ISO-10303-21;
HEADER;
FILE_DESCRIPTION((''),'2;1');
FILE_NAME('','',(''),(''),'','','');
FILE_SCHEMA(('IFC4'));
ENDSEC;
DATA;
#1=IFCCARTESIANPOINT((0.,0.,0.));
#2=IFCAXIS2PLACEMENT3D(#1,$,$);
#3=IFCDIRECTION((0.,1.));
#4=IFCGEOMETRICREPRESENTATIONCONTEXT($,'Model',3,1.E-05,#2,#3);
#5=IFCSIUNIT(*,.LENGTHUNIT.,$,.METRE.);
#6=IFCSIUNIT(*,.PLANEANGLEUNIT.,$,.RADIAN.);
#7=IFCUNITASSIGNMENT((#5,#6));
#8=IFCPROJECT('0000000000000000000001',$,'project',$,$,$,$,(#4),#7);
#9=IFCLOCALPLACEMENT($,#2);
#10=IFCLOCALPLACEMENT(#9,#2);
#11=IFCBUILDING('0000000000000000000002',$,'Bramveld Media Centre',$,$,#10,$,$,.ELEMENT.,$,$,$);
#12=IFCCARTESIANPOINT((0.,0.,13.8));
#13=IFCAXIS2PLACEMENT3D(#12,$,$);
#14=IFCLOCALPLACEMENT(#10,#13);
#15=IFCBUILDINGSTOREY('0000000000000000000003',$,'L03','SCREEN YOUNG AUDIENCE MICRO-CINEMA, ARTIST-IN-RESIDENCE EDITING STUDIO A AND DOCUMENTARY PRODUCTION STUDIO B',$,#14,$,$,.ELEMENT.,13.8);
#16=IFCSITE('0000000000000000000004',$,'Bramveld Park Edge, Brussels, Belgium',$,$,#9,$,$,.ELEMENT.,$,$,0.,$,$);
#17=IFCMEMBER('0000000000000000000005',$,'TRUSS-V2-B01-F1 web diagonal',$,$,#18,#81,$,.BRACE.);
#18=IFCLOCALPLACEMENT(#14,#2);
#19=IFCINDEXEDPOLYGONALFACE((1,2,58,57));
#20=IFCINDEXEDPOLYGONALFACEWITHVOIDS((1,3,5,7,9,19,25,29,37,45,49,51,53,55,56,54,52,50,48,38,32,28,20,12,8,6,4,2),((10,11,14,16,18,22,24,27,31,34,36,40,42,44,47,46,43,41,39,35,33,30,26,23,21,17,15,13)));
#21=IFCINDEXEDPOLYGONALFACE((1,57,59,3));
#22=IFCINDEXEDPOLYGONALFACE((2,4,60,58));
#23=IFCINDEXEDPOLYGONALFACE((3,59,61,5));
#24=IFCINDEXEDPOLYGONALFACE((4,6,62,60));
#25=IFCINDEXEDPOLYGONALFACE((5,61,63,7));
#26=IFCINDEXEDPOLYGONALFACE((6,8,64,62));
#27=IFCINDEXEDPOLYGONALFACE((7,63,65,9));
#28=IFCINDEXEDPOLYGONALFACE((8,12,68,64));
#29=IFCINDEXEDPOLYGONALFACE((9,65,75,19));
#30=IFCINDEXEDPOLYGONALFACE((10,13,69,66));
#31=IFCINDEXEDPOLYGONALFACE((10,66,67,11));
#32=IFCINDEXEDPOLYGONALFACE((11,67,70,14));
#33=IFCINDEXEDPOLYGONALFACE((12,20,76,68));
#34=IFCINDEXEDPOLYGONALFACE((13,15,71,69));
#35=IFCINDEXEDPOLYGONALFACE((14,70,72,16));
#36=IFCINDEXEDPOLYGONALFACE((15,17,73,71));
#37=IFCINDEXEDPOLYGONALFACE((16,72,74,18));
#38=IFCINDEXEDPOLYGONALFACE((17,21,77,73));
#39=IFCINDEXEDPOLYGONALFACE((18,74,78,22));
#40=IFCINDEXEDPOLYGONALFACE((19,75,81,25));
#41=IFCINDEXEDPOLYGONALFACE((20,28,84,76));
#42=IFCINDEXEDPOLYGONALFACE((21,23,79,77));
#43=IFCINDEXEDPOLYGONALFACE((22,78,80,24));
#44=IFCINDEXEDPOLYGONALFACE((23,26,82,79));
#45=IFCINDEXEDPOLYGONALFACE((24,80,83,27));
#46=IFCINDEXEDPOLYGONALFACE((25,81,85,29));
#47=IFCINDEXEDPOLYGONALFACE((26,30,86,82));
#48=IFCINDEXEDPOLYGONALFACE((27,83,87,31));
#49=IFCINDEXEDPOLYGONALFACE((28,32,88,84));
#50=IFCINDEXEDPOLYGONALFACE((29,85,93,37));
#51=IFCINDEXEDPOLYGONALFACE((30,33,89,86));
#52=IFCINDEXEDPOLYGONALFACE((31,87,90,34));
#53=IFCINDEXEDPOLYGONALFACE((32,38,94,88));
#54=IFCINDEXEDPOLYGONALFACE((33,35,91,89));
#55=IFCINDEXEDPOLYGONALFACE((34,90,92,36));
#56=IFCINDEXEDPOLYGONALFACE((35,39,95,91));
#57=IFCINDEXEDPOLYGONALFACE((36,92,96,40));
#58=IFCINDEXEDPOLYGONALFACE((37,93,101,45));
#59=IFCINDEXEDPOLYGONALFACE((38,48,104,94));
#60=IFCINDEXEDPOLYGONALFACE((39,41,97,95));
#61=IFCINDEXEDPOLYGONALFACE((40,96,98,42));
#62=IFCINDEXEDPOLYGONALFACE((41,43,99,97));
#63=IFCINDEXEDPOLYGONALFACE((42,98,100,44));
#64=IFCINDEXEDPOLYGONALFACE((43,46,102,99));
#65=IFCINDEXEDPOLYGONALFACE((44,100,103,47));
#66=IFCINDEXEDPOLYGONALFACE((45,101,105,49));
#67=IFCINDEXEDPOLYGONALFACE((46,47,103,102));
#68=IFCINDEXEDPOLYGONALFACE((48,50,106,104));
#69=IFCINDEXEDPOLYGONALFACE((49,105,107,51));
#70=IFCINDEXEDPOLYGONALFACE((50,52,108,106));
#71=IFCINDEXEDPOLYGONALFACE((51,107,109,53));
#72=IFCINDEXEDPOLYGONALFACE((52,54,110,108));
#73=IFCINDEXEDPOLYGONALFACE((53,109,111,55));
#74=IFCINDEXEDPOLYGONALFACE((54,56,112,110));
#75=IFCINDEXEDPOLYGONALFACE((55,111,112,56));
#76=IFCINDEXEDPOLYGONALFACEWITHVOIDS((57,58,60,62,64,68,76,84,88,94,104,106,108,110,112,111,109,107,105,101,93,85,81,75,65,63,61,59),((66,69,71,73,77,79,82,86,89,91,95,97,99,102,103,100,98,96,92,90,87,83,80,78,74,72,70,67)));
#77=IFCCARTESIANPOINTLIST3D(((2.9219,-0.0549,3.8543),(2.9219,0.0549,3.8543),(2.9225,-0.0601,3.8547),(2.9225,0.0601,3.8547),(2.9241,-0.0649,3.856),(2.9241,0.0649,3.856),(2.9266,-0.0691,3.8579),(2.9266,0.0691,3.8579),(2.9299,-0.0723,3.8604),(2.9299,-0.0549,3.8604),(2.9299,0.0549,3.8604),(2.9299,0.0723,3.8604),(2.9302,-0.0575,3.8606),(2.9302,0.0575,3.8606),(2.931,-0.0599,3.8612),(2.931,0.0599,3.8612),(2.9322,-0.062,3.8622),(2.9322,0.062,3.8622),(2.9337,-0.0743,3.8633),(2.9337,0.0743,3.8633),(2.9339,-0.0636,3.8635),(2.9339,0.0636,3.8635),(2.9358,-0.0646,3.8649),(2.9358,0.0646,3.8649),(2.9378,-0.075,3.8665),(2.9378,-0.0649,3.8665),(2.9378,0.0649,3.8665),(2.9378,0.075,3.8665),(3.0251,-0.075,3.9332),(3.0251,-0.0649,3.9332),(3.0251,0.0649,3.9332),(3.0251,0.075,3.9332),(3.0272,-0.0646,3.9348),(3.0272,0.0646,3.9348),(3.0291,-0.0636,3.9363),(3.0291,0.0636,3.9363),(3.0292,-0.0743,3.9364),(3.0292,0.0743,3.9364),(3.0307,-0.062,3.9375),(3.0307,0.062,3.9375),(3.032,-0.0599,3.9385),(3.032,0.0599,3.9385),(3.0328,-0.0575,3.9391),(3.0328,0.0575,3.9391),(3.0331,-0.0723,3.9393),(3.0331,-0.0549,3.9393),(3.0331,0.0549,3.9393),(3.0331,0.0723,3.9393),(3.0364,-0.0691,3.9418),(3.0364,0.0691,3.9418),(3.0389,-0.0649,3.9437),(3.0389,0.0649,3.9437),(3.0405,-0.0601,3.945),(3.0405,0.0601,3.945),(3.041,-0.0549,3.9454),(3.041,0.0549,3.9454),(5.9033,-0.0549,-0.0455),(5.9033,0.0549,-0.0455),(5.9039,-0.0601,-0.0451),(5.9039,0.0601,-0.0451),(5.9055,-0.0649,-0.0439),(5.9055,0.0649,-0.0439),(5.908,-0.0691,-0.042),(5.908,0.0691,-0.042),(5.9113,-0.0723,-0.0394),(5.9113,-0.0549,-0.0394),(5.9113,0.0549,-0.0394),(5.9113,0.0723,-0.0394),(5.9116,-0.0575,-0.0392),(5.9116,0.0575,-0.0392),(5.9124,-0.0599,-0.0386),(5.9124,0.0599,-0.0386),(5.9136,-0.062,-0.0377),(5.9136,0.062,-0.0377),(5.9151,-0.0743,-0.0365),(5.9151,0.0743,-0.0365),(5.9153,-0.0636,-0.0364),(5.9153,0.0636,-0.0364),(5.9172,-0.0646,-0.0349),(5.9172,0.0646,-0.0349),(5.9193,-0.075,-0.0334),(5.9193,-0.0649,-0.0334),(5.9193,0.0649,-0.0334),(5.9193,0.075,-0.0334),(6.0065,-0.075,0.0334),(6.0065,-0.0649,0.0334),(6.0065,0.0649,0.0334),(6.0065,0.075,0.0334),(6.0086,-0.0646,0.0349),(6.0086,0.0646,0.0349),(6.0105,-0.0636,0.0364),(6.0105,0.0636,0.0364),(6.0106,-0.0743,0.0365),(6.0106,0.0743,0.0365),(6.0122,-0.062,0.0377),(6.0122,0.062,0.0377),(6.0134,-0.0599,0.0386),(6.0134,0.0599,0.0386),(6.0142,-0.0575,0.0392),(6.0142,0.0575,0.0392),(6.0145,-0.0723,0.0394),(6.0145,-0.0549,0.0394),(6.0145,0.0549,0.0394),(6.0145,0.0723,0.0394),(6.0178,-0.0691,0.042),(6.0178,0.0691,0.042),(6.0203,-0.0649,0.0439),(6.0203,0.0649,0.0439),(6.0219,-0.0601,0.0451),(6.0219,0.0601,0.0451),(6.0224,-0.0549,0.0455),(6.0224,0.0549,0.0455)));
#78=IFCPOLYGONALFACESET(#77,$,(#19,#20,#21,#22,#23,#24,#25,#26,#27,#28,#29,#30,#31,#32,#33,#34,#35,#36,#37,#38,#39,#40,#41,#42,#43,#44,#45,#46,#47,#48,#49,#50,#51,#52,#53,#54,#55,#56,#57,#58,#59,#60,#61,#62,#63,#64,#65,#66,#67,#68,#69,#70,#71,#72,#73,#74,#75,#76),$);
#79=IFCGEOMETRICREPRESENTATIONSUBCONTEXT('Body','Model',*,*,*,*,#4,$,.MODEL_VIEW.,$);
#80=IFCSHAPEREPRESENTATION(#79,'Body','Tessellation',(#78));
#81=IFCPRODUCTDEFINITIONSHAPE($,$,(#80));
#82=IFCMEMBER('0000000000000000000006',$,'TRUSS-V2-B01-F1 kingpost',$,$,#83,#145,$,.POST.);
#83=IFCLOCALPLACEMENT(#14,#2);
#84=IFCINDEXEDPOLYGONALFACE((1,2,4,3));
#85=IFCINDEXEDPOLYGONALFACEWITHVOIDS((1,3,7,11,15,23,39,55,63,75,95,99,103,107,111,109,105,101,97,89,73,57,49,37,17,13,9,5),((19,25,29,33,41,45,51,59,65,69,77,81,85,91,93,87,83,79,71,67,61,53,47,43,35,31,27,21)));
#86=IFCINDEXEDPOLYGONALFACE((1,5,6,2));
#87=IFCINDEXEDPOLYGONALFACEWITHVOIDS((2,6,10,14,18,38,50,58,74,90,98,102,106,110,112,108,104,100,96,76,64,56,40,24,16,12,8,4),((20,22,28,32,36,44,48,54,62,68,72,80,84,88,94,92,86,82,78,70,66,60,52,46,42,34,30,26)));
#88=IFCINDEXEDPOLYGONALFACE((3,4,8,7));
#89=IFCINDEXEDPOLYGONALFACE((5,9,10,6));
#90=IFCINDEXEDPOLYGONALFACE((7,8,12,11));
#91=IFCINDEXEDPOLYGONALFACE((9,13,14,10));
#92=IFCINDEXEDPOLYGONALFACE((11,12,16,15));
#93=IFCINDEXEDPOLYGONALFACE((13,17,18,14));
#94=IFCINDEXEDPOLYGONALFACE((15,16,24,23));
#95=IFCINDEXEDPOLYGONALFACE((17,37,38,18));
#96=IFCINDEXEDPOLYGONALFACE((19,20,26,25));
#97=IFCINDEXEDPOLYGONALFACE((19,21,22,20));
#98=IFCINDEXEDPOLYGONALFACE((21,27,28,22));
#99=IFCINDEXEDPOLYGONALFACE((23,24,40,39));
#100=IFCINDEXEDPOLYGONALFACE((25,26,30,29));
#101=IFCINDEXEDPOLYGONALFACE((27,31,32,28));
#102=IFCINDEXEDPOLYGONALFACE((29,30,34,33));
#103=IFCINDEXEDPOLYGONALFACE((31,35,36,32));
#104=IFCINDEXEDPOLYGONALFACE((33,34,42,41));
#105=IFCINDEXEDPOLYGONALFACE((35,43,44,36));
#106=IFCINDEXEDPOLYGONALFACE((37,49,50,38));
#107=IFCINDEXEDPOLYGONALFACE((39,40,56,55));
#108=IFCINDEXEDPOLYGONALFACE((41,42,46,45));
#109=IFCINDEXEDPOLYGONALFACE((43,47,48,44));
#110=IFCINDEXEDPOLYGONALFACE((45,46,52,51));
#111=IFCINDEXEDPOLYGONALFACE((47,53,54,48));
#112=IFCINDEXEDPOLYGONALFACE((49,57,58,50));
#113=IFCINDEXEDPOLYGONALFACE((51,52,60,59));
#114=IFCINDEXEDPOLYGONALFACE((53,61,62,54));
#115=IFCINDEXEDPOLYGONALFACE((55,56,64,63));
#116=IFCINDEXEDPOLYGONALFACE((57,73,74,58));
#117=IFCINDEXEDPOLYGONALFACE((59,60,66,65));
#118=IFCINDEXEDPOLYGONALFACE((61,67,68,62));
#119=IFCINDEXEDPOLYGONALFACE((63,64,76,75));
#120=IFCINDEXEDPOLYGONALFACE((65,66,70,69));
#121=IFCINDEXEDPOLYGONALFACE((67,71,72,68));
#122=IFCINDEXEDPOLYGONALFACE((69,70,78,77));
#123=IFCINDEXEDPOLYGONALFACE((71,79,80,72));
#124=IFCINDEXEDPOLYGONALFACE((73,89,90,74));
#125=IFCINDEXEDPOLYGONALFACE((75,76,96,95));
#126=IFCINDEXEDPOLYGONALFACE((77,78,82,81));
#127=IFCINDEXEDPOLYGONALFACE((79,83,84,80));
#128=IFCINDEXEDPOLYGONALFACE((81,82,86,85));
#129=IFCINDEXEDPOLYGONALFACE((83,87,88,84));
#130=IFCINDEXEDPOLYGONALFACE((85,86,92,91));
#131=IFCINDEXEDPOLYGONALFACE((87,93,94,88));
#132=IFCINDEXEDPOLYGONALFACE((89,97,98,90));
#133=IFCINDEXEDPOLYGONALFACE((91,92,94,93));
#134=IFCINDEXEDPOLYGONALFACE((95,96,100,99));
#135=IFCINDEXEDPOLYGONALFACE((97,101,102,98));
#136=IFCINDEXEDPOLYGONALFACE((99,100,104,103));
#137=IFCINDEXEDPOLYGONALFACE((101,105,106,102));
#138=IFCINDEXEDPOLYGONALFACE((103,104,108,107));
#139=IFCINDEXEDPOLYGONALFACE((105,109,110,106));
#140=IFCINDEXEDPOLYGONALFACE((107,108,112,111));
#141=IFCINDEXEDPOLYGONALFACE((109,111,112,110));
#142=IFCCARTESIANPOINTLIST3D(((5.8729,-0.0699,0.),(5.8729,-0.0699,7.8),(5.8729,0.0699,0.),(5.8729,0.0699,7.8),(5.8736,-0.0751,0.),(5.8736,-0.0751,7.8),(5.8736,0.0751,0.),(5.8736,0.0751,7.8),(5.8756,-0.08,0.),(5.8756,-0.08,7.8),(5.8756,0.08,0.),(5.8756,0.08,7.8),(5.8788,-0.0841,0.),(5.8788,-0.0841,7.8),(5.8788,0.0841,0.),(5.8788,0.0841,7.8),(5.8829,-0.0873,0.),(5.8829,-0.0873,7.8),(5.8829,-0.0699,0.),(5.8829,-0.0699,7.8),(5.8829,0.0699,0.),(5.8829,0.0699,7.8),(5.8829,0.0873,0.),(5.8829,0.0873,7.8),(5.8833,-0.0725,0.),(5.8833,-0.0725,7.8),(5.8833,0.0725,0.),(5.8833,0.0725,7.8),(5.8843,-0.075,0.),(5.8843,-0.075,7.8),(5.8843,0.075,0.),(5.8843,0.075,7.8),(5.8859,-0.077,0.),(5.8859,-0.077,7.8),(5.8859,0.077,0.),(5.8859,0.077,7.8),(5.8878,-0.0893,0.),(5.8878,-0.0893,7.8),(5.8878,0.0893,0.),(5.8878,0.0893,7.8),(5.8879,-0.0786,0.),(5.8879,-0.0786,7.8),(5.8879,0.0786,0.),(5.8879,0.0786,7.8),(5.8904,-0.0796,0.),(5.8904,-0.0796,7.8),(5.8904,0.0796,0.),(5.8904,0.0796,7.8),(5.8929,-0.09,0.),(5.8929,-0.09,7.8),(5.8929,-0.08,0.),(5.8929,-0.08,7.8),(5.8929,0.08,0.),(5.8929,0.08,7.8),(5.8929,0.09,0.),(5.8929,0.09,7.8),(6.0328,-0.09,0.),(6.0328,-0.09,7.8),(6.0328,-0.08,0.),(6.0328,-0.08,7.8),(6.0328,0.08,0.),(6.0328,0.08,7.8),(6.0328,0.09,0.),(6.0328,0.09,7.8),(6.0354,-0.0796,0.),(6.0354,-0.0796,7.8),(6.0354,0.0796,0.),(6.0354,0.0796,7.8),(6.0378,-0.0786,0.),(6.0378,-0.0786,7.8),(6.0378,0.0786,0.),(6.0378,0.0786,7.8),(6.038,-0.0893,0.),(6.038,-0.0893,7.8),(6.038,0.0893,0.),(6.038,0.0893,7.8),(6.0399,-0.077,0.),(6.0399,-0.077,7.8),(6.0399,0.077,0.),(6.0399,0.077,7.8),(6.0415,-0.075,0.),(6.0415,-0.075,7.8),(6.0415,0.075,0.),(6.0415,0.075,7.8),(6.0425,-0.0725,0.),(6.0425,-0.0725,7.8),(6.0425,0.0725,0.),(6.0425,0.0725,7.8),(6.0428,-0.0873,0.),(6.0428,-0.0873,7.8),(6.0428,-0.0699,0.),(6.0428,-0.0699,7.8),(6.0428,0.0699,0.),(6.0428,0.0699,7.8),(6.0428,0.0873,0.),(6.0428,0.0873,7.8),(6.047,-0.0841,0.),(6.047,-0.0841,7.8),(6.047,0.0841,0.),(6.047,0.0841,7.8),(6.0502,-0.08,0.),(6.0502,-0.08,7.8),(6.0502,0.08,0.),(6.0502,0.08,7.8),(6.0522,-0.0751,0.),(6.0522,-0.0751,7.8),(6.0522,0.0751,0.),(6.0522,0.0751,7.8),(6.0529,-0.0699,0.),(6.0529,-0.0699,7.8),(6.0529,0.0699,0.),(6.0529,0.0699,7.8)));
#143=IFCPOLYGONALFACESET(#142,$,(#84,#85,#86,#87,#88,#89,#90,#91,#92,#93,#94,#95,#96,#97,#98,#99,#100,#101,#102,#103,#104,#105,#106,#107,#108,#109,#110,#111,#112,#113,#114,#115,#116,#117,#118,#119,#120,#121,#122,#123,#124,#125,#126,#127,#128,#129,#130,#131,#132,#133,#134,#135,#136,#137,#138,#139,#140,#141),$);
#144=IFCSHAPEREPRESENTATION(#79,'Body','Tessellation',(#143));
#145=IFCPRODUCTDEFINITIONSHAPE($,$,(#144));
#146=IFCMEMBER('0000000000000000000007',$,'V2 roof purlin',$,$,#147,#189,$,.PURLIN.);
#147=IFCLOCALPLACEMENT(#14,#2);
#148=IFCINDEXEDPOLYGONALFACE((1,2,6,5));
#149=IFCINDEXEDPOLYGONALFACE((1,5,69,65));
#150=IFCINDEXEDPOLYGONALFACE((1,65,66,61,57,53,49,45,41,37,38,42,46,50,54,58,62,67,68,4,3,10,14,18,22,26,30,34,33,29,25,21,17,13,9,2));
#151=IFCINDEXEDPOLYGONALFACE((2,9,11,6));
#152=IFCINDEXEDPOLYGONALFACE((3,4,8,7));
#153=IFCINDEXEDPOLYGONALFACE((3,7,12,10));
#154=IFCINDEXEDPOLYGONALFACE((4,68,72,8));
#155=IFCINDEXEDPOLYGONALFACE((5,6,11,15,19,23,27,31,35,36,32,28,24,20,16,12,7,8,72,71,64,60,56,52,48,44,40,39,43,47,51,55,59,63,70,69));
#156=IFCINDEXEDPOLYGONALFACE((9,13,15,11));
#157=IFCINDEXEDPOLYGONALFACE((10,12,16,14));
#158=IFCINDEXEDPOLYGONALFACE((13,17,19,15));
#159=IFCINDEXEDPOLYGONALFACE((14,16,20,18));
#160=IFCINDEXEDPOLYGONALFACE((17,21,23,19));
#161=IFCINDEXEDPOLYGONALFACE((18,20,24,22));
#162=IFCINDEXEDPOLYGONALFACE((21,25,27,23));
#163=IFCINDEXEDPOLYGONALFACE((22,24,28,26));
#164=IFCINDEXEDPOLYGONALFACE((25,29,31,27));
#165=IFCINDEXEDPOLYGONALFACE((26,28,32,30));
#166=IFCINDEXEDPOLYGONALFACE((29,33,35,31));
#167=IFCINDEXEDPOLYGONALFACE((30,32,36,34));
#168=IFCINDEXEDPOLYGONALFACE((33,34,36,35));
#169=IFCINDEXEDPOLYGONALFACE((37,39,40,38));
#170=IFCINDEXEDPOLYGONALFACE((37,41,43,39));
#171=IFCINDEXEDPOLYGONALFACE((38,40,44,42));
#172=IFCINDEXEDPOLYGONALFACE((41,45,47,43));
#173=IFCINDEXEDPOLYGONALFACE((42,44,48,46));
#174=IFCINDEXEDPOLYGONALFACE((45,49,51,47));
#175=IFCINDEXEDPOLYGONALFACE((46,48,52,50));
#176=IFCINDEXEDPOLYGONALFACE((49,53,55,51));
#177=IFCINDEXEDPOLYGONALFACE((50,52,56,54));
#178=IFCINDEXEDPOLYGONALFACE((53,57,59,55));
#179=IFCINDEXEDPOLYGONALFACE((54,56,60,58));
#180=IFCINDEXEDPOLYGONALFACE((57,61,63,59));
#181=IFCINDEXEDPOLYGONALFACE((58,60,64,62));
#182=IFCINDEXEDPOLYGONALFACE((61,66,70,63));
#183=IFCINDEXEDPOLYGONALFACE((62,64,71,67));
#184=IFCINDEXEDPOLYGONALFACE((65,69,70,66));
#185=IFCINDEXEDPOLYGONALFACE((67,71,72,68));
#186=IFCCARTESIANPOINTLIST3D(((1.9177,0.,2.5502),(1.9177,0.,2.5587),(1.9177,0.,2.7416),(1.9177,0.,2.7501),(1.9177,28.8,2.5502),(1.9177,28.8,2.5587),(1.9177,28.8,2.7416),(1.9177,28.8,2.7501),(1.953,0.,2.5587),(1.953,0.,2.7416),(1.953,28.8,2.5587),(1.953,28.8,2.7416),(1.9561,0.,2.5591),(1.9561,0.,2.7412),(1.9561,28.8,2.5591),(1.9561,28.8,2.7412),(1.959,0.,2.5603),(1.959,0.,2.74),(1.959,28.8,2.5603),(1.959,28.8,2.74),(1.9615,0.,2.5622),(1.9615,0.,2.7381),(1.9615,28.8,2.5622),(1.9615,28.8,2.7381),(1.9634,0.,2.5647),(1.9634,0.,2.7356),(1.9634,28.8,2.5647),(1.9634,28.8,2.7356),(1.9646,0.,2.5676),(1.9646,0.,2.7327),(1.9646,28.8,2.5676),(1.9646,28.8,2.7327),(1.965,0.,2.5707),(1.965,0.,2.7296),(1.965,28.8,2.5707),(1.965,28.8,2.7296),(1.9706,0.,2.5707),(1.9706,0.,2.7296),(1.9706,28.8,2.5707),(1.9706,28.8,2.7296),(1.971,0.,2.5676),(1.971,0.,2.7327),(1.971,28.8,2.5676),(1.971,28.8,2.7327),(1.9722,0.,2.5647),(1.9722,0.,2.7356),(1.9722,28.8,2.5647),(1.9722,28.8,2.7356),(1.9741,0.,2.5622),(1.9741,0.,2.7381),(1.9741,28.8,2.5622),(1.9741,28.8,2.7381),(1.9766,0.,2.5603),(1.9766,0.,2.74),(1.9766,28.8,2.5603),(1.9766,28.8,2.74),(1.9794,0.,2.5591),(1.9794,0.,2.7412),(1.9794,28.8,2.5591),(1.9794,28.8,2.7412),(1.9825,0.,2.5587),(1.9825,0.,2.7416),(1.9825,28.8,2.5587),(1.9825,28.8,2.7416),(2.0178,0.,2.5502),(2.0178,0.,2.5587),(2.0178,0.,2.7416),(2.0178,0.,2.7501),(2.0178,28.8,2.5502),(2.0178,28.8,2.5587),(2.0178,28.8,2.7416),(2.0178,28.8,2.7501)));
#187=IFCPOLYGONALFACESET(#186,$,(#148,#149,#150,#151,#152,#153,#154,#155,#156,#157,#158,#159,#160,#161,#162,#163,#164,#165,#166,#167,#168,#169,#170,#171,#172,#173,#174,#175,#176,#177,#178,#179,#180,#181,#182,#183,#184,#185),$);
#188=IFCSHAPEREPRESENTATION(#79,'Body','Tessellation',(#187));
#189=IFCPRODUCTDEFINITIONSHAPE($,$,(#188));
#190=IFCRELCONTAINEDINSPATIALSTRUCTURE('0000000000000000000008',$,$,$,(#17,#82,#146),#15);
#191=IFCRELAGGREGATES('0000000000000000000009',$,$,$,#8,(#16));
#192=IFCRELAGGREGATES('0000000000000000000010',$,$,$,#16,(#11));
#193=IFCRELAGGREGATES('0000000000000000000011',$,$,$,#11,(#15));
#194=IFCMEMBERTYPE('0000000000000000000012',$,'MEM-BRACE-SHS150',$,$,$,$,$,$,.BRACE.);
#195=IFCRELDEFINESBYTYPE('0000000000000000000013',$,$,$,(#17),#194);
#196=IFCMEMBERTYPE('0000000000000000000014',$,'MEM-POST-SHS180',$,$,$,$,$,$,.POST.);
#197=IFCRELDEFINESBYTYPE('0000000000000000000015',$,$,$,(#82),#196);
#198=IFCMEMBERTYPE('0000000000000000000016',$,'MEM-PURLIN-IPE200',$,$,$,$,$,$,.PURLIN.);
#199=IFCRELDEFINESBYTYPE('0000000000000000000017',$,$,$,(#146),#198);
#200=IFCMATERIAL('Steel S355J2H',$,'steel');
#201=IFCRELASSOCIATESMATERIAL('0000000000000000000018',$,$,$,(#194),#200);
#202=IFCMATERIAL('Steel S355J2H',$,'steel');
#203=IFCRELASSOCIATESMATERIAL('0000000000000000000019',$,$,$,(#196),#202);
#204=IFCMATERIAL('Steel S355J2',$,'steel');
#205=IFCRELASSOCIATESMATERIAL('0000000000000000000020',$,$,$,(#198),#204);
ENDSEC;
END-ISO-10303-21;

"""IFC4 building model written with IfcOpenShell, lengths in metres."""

from ifc_helpers import new_model, si_unit, direction, frame, origin, origin_2d, place, context, subcontext, project, spatial, hollow_rectangle, i_section, extrude, material, material_profile, profile_set, type_object, element, save


model = new_model("IFC4")

# Units and contexts
model_context = context("Model", 3, precision=1e-05, world=origin(), true_north=direction((0.0, 1.0)))
body_context = subcontext(model_context, "Body", "Model", "MODEL_VIEW")
ifc_project = project(units=[si_unit("LENGTHUNIT", "METRE"), si_unit("PLANEANGLEUNIT", "RADIAN")], contexts=[model_context])

# Site, building, storey
site_placement = place(None, origin())
site = spatial("IfcSite", under=ifc_project, at=site_placement, Name="Bramveld Park Edge, Brussels, Belgium", CompositionType="ELEMENT", RefElevation=0.0)
building_placement = place(site_placement, origin())
building = spatial("IfcBuilding", under=site, at=building_placement, Name="Bramveld Media Centre", CompositionType="ELEMENT")
storey_placement = place(building_placement, frame((0.0, 0.0, 13.8)))
storey = spatial("IfcBuildingStorey", under=building, at=storey_placement, Name="L03", Description="SCREEN YOUNG AUDIENCE MICRO-CINEMA, ARTIST-IN-RESIDENCE EDITING STUDIO A AND DOCUMENTARY PRODUCTION STUDIO B", CompositionType="ELEMENT", Elevation=13.8)

# Members
ifc_material_1 = material(Name="Steel S355J2H", Category="steel")
ifc_material_profile_1 = material_profile(ifc_material_1, hollow_rectangle(XDim=0.1499, YDim=0.1499, WallThickness=0.01, InnerFilletRadius=0.01, OuterFilletRadius=0.02, at=origin_2d()), Name="SHS 150x150x10")
ifc_profile_set_1 = profile_set([ifc_material_profile_1], Name="Steel S355J2H")
member_type_1 = type_object("IfcMemberType", Name="MEM-BRACE-SHS150", PredefinedType="BRACE", material=ifc_profile_set_1)
member_1_placement = place(storey_placement, frame((5.9629, 0.0, 0.0), z_axis=(-0.607343, 0.0, 0.79444), x_axis=(0.0, -1.0, 0.0)))
element("IfcMember", 1, at=member_1_placement, inside=storey, type_object=member_type_1, Name="TRUSS-V2-B01-F1 web diagonal", PredefinedType="BRACE", context=body_context, shape_type="SweptSolid", body=[
    extrude(hollow_rectangle(XDim=0.1499, YDim=0.1499, WallThickness=0.01, InnerFilletRadius=0.01, OuterFilletRadius=0.02, at=origin_2d()), origin(), (0.0, 0.0, 1.0), 4.9089),
])
ifc_material_2 = material(Name="Steel S355J2H", Category="steel")
ifc_material_profile_2 = material_profile(ifc_material_2, hollow_rectangle(XDim=0.1799, YDim=0.1799, WallThickness=0.01, InnerFilletRadius=0.01, OuterFilletRadius=0.02, at=origin_2d()), Name="SHS 180x180x10")
ifc_profile_set_2 = profile_set([ifc_material_profile_2], Name="Steel S355J2H")
member_type_2 = type_object("IfcMemberType", Name="MEM-POST-SHS180", PredefinedType="POST", material=ifc_profile_set_2)
member_2_placement = place(storey_placement, frame((5.9629, 0.0, 0.0), z_axis=(0.0, 0.0, 1.0), x_axis=(1.0, 0.0, 0.0)))
element("IfcMember", 2, at=member_2_placement, inside=storey, type_object=member_type_2, Name="TRUSS-V2-B01-F1 kingpost", PredefinedType="POST", context=body_context, shape_type="SweptSolid", body=[
    extrude(hollow_rectangle(XDim=0.1799, YDim=0.1799, WallThickness=0.01, InnerFilletRadius=0.01, OuterFilletRadius=0.02, at=origin_2d()), origin(), (0.0, 0.0, 1.0), 7.8),
])
ifc_material_3 = material(Name="Steel S355J2", Category="steel")
ifc_material_profile_3 = material_profile(ifc_material_3, i_section(OverallWidth=0.1001, OverallDepth=0.2, WebThickness=0.0056, FlangeThickness=0.0085, FilletRadius=0.012, at=origin_2d()), Name="IPE 200")
ifc_profile_set_3 = profile_set([ifc_material_profile_3], Name="Steel S355J2")
member_type_3 = type_object("IfcMemberType", Name="MEM-PURLIN-IPE200", PredefinedType="PURLIN", material=ifc_profile_set_3)
member_3_placement = place(storey_placement, frame((1.9678, 0.0, 2.6501), z_axis=(0.0, 1.0, 0.0), x_axis=(-1.0, 0.0, 0.0)))
element("IfcMember", 3, at=member_3_placement, inside=storey, type_object=member_type_3, Name="V2 roof purlin", PredefinedType="PURLIN", context=body_context, shape_type="SweptSolid", body=[
    extrude(i_section(OverallWidth=0.1001, OverallDepth=0.2, WebThickness=0.0056, FlangeThickness=0.0085, FilletRadius=0.012, at=origin_2d()), origin(), (0.0, 0.0, 1.0), 28.8),
])

save(model, "model.ifc")
